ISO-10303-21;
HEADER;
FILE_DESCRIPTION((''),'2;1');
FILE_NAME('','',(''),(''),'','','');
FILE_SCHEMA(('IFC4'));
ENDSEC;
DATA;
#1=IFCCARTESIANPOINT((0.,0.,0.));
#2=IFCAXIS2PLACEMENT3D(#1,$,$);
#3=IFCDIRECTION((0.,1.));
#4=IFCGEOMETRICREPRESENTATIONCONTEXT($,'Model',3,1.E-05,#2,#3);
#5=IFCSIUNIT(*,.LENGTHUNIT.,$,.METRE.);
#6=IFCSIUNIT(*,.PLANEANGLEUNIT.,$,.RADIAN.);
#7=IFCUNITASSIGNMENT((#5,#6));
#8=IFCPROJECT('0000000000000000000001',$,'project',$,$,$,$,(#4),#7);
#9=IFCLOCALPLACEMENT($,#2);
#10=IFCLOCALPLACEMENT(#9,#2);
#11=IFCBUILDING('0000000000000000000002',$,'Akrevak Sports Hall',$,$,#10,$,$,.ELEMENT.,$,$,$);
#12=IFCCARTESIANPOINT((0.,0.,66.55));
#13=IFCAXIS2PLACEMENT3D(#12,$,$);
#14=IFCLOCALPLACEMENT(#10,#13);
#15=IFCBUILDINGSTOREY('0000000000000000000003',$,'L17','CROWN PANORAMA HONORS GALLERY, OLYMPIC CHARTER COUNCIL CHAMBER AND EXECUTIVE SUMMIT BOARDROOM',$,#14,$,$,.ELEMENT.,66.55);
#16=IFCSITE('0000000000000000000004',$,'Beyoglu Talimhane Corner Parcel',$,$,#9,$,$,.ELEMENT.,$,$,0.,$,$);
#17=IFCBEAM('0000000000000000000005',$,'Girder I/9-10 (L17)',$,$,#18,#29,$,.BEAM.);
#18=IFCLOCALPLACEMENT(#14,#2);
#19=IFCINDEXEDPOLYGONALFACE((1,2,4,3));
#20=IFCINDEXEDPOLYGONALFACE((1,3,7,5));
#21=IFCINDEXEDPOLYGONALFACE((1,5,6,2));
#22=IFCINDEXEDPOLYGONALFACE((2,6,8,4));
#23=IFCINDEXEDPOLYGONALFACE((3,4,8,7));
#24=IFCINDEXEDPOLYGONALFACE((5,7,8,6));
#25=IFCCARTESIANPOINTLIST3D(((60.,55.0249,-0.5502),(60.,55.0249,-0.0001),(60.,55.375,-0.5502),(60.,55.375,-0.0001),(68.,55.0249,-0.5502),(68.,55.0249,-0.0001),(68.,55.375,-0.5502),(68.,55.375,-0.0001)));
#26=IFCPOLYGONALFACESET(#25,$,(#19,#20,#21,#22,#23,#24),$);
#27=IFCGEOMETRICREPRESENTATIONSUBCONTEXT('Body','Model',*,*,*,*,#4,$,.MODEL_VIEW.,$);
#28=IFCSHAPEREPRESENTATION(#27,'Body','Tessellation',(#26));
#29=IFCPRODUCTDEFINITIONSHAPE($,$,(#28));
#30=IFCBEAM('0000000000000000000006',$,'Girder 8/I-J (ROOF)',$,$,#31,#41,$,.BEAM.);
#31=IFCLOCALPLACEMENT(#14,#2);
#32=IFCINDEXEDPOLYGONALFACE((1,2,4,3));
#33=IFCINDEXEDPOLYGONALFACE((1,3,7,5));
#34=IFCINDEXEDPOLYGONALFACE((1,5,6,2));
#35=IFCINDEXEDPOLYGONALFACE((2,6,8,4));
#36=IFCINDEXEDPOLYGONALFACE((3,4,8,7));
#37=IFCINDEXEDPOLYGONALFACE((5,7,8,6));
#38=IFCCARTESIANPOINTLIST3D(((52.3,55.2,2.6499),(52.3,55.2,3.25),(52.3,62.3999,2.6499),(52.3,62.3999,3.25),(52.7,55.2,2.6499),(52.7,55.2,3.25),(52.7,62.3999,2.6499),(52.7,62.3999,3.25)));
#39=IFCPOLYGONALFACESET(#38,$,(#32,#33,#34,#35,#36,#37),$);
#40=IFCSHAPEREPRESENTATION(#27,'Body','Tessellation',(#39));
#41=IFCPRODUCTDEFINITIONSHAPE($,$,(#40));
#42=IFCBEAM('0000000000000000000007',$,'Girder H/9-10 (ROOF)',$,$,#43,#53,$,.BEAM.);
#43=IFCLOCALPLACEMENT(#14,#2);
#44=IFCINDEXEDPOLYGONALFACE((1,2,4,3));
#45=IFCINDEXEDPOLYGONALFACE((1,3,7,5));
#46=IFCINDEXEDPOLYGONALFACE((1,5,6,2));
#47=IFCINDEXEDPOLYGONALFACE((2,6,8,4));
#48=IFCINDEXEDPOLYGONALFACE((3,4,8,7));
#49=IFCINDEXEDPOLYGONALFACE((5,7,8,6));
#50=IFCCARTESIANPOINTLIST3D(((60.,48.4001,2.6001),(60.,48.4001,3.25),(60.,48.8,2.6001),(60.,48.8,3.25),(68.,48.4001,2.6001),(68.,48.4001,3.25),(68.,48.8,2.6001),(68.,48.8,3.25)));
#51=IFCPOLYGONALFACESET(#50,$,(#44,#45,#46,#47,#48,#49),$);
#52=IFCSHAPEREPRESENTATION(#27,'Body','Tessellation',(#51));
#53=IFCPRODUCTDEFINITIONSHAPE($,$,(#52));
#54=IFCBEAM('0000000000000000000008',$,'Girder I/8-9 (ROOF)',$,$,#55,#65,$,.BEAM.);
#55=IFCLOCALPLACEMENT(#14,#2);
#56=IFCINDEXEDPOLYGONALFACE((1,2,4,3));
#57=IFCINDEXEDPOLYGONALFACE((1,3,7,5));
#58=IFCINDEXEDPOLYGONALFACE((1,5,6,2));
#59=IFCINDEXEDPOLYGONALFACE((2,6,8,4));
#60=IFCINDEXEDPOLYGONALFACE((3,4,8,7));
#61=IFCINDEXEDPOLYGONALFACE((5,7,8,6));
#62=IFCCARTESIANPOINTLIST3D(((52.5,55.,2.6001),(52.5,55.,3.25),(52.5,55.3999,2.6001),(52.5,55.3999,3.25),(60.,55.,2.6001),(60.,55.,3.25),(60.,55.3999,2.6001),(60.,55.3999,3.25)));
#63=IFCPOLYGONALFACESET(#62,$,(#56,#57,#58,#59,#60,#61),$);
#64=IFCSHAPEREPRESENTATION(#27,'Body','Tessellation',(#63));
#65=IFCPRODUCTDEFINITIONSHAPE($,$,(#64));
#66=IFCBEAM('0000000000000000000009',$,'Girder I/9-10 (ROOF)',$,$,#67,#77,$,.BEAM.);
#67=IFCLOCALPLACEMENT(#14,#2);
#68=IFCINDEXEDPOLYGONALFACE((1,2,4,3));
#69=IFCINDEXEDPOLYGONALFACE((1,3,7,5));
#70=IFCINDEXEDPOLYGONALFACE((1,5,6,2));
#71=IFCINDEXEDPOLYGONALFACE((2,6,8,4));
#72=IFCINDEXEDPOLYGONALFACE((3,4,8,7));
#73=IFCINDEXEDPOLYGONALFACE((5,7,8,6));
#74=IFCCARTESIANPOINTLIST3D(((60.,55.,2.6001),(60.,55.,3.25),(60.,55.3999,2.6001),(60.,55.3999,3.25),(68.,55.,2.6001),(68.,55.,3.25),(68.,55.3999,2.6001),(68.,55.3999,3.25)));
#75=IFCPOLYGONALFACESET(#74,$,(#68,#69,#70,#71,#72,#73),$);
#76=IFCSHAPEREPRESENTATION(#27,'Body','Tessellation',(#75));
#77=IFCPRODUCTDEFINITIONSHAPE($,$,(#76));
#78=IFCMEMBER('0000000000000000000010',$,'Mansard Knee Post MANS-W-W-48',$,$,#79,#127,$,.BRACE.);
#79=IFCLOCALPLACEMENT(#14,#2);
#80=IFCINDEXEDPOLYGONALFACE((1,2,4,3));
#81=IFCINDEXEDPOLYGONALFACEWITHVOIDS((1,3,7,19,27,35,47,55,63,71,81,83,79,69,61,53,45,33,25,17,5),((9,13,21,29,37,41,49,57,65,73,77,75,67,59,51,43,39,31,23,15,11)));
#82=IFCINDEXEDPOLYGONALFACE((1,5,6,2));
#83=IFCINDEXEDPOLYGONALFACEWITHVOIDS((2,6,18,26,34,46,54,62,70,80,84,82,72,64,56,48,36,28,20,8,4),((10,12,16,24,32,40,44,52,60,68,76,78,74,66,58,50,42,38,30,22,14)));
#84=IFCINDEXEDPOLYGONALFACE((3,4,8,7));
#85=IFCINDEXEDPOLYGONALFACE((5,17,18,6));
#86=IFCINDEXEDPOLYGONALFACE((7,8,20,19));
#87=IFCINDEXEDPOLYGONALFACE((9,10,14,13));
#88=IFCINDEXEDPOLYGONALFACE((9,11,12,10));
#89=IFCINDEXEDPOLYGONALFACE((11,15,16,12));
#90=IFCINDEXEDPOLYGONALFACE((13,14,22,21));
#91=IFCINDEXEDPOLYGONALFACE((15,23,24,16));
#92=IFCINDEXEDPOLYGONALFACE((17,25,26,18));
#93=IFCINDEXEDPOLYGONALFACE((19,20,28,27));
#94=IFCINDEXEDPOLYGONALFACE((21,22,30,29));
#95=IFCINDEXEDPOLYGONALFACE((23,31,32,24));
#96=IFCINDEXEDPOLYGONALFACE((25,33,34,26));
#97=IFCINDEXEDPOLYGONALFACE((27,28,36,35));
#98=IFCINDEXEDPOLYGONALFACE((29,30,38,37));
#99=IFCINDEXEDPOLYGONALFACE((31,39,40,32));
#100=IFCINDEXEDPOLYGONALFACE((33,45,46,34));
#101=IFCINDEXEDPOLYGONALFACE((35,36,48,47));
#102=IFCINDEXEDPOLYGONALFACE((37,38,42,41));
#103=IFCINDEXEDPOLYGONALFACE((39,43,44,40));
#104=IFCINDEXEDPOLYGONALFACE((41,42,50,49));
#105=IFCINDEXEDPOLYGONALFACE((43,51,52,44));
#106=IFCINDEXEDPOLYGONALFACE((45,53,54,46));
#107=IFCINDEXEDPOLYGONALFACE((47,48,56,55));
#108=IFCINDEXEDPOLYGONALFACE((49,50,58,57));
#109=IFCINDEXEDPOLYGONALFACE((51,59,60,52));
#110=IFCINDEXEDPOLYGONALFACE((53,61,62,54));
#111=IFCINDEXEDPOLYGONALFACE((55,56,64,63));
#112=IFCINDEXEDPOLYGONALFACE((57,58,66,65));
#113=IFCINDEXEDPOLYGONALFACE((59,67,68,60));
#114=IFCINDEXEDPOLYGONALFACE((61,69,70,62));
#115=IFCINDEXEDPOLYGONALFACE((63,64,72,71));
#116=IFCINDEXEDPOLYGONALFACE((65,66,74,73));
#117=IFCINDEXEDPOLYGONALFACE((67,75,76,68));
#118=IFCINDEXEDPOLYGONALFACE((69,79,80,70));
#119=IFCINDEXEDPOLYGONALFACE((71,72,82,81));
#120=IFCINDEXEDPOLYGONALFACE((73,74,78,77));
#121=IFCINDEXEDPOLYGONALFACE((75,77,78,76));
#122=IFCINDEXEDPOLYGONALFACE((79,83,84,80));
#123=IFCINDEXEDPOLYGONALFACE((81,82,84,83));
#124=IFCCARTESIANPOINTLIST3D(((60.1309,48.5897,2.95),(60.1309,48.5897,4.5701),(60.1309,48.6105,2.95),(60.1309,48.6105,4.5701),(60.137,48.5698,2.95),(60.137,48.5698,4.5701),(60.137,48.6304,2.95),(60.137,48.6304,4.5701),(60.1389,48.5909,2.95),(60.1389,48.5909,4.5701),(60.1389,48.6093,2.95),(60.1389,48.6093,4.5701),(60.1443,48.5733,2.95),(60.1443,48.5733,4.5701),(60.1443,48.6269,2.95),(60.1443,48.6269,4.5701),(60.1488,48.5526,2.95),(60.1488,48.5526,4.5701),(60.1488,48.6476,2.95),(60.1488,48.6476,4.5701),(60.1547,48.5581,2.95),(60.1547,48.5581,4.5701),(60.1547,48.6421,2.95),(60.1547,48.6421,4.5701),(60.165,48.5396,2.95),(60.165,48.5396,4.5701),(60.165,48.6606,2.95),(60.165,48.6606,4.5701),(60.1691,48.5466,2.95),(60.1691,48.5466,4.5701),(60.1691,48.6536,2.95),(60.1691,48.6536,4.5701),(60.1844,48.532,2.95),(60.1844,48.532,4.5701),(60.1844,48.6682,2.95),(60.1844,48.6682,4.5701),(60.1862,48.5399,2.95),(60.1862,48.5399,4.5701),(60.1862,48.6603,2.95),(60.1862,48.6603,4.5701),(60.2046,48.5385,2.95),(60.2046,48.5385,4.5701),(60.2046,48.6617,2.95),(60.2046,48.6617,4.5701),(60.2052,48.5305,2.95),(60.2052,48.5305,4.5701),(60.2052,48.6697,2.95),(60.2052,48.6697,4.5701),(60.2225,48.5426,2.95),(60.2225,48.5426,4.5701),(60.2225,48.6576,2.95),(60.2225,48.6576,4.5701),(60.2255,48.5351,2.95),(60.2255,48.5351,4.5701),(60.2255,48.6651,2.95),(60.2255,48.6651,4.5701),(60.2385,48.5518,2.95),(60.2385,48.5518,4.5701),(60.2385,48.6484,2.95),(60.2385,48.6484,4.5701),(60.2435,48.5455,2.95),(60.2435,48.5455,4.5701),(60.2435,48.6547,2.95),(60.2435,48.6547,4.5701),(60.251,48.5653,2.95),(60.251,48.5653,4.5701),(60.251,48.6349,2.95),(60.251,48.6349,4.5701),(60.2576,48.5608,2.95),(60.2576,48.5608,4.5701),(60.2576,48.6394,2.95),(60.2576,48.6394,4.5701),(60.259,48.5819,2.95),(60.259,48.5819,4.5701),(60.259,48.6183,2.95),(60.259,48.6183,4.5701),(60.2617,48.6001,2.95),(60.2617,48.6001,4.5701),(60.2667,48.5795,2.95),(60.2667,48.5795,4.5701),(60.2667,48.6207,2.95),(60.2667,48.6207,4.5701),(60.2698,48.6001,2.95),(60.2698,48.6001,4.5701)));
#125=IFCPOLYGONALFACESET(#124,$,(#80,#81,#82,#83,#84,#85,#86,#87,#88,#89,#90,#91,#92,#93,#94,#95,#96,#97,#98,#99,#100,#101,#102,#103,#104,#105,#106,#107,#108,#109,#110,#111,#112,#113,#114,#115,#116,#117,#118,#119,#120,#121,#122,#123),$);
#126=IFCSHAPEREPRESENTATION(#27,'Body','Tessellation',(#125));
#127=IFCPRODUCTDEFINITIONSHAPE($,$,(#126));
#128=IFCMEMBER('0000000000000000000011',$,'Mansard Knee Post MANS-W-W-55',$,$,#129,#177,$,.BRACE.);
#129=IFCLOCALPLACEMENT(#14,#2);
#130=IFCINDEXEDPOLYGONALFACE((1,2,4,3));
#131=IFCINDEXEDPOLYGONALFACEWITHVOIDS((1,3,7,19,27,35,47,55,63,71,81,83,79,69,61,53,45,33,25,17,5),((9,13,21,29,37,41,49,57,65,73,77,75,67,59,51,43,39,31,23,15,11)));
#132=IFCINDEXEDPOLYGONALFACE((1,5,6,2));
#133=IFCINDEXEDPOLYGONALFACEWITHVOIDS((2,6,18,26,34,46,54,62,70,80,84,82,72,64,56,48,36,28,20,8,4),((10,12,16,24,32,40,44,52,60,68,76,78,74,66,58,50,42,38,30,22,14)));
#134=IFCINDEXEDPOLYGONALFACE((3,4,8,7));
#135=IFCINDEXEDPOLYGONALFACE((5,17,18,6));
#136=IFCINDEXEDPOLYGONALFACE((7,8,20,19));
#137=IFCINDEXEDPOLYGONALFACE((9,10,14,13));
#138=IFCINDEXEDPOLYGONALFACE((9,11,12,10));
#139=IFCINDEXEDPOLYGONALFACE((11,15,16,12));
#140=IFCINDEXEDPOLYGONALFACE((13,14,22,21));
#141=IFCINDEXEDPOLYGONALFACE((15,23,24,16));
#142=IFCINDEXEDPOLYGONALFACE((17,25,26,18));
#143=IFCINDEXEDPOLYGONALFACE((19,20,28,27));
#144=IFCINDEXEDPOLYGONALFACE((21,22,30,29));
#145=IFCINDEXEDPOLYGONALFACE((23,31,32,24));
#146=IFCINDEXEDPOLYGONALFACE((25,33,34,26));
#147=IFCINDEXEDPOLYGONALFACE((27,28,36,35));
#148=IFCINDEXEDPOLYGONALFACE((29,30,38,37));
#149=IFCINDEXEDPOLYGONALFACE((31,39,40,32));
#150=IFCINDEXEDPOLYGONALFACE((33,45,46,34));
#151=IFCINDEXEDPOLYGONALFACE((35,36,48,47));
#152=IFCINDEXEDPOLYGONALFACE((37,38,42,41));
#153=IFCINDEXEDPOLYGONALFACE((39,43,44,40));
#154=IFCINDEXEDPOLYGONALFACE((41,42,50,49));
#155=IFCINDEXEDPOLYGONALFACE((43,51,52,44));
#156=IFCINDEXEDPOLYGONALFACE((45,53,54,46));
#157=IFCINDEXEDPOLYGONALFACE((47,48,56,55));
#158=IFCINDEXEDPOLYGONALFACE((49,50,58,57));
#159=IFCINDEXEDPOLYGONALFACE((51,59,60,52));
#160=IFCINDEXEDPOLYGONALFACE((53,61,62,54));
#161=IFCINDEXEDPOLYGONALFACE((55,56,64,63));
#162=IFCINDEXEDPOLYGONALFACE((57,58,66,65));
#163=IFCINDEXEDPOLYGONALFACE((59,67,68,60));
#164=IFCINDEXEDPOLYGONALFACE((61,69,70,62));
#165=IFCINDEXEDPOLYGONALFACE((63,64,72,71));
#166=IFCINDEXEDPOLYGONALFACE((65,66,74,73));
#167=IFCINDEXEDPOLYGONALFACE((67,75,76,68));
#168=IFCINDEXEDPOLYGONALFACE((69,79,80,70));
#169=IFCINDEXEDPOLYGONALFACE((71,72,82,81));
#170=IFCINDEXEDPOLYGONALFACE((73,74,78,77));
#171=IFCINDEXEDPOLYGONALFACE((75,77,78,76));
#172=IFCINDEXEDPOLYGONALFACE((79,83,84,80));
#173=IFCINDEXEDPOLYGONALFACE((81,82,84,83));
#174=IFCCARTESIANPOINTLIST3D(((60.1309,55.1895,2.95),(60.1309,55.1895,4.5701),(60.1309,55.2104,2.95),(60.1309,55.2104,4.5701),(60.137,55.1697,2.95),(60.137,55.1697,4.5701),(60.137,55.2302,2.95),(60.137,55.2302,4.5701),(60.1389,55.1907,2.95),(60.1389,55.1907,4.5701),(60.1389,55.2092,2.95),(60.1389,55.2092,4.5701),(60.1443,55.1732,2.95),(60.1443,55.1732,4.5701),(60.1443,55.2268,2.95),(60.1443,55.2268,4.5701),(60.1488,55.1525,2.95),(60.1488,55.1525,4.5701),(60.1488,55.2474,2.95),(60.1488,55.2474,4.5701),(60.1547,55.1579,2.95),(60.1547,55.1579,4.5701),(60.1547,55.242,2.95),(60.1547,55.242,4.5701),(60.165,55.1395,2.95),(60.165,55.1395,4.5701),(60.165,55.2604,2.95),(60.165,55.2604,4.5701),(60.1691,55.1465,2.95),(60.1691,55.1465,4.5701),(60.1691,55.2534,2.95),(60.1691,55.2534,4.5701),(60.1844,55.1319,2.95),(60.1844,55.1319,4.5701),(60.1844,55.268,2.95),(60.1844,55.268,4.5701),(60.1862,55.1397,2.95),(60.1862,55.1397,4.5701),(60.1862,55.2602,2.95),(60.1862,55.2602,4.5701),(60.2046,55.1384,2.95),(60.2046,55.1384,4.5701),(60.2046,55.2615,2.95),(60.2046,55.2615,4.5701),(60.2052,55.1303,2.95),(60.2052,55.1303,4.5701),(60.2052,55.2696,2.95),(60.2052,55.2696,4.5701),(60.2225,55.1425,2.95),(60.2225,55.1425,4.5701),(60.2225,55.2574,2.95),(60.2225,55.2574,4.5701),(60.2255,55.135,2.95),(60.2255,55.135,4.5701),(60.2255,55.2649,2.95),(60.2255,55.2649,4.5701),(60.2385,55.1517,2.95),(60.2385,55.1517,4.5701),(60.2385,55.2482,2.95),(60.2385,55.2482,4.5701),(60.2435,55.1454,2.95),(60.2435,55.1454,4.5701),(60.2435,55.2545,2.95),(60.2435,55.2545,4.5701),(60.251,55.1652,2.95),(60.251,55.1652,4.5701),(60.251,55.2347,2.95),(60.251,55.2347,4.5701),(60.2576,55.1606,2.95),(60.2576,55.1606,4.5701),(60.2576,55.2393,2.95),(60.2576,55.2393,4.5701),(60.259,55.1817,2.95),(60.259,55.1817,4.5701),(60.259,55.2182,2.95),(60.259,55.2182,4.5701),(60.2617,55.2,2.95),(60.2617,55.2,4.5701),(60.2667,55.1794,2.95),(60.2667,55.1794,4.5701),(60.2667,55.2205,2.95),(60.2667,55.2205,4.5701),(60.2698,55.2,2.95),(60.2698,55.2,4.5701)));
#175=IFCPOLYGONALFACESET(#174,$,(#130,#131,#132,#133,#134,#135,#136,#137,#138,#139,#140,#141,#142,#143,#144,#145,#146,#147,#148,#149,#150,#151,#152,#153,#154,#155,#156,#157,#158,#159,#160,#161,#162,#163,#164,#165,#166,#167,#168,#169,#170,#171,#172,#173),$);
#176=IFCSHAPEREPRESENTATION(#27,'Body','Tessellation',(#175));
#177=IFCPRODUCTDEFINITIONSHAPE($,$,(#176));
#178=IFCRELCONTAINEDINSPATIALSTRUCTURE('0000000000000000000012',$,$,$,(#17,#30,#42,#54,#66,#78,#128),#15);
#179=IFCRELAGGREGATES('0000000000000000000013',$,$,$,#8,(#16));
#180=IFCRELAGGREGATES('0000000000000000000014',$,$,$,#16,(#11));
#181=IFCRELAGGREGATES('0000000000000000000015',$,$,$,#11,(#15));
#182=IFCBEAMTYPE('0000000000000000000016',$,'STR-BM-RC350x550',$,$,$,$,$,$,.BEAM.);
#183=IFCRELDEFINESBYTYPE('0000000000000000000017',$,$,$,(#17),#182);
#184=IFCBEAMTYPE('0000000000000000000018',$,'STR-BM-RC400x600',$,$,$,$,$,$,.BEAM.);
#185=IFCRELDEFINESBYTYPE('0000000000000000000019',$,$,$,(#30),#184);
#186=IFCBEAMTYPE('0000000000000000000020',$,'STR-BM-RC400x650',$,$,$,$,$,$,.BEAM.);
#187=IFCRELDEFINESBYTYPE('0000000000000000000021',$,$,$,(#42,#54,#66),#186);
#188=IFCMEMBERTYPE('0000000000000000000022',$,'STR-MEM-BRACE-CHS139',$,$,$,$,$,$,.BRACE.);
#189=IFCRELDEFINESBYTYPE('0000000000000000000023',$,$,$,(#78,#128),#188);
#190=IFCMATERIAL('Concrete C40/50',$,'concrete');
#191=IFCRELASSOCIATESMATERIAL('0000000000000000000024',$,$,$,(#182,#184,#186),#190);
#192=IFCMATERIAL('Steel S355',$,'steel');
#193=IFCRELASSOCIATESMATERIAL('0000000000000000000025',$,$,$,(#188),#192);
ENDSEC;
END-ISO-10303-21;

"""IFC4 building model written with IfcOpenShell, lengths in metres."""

from ifc_helpers import new_model, si_unit, direction, frame, origin, origin_2d, place, context, subcontext, project, spatial, rectangle, hollow_circle, extrude, material, material_profile, profile_set, type_object, element, save


model = new_model("IFC4")

# Units and contexts
model_context = context("Model", 3, precision=1e-05, world=origin(), true_north=direction((0.0, 1.0)))
body_context = subcontext(model_context, "Body", "Model", "MODEL_VIEW")
ifc_project = project(units=[si_unit("LENGTHUNIT", "METRE"), si_unit("PLANEANGLEUNIT", "RADIAN")], contexts=[model_context])

# Site, building, storey
site_placement = place(None, origin())
site = spatial("IfcSite", under=ifc_project, at=site_placement, Name="Beyoglu Talimhane Corner Parcel", CompositionType="ELEMENT", RefElevation=0.0)
building_placement = place(site_placement, origin())
building = spatial("IfcBuilding", under=site, at=building_placement, Name="Akrevak Sports Hall", CompositionType="ELEMENT")
storey_placement = place(building_placement, frame((0.0, 0.0, 66.55)))
storey = spatial("IfcBuildingStorey", under=building, at=storey_placement, Name="L17", Description="CROWN PANORAMA HONORS GALLERY, OLYMPIC CHARTER COUNCIL CHAMBER AND EXECUTIVE SUMMIT BOARDROOM", CompositionType="ELEMENT", Elevation=66.55)

# Shared definitions
ifc_material_1 = material(Name="Concrete C40/50", Category="concrete")

# Beams
ifc_material_profile_1 = material_profile(ifc_material_1, rectangle(XDim=0.3501, YDim=0.55, at=origin_2d()), Name="BM 350x550", Category="concrete")
ifc_profile_set_1 = profile_set([ifc_material_profile_1], Name="Concrete C40/50")
beam_type_1 = type_object("IfcBeamType", Name="STR-BM-RC350x550", PredefinedType="BEAM", material=ifc_profile_set_1)
beam_1_placement = place(storey_placement, frame((60.0, 55.2, -0.2751), z_axis=(1.0, 0.0, 0.0), x_axis=(0.0, 1.0, 0.0)))
element("IfcBeam", 1, at=beam_1_placement, inside=storey, type_object=beam_type_1, Name="Girder I/9-10 (L17)", PredefinedType="BEAM", context=body_context, shape_type="SweptSolid", body=[
    extrude(rectangle(XDim=0.3501, YDim=0.55, at=origin_2d()), origin(), (0.0, 0.0, 1.0), 8.0),
])
ifc_material_profile_2 = material_profile(ifc_material_1, rectangle(XDim=0.3999, YDim=0.6001, at=origin_2d()), Name="BM 400x600", Category="concrete")
ifc_profile_set_2 = profile_set([ifc_material_profile_2], Name="Concrete C40/50")
beam_type_2 = type_object("IfcBeamType", Name="STR-BM-RC400x600", PredefinedType="BEAM", material=ifc_profile_set_2)
beam_2_placement = place(storey_placement, frame((52.5, 55.2, 2.95), z_axis=(0.0, 1.0, 0.0), x_axis=(-1.0, 0.0, 0.0)))
element("IfcBeam", 2, at=beam_2_placement, inside=storey, type_object=beam_type_2, Name="Girder 8/I-J (ROOF)", PredefinedType="BEAM", context=body_context, shape_type="SweptSolid", body=[
    extrude(rectangle(XDim=0.3999, YDim=0.6001, at=origin_2d()), origin(), (0.0, 0.0, 1.0), 7.2),
])
ifc_material_profile_3 = material_profile(ifc_material_1, rectangle(XDim=0.3999, YDim=0.6499, at=origin_2d()), Name="BM 400x650", Category="concrete")
ifc_profile_set_3 = profile_set([ifc_material_profile_3], Name="Concrete C40/50")
beam_type_3 = type_object("IfcBeamType", Name="STR-BM-RC400x650", PredefinedType="BEAM", material=ifc_profile_set_3)
beam_3_placement = place(storey_placement, frame((60.0, 48.6001, 2.925), z_axis=(1.0, 0.0, 0.0), x_axis=(0.0, 1.0, 0.0)))
element("IfcBeam", 3, at=beam_3_placement, inside=storey, type_object=beam_type_3, Name="Girder H/9-10 (ROOF)", PredefinedType="BEAM", context=body_context, shape_type="SweptSolid", body=[
    extrude(rectangle(XDim=0.3999, YDim=0.6499, at=origin_2d()), origin(), (0.0, 0.0, 1.0), 8.0),
])
beam_4_placement = place(storey_placement, frame((52.5, 55.2, 2.925), z_axis=(1.0, 0.0, 0.0), x_axis=(0.0, 1.0, 0.0)))
element("IfcBeam", 4, at=beam_4_placement, inside=storey, type_object=beam_type_3, Name="Girder I/8-9 (ROOF)", PredefinedType="BEAM", context=body_context, shape_type="SweptSolid", body=[
    extrude(rectangle(XDim=0.3999, YDim=0.6499, at=origin_2d()), origin(), (0.0, 0.0, 1.0), 7.5),
])
beam_5_placement = place(storey_placement, frame((60.0, 55.2, 2.925), z_axis=(1.0, 0.0, 0.0), x_axis=(0.0, 1.0, 0.0)))
element("IfcBeam", 5, at=beam_5_placement, inside=storey, type_object=beam_type_3, Name="Girder I/9-10 (ROOF)", PredefinedType="BEAM", context=body_context, shape_type="SweptSolid", body=[
    extrude(rectangle(XDim=0.3999, YDim=0.6499, at=origin_2d()), origin(), (0.0, 0.0, 1.0), 8.0),
])

# Members
ifc_material_2 = material(Name="Steel S355", Category="steel")
ifc_material_profile_4 = material_profile(ifc_material_2, hollow_circle(Radius=0.0698, WallThickness=0.0081, at=origin_2d()), Name="CHS 139.7x8", Category="steel")
ifc_profile_set_4 = profile_set([ifc_material_profile_4], Name="Steel S355")
member_type_1 = type_object("IfcMemberType", Name="STR-MEM-BRACE-CHS139", PredefinedType="BRACE", material=ifc_profile_set_4)
for number, where, z_axis, x_axis, name in (
    (6, (60.2, 48.6001, 2.95), (0.0, 0.0, 1.0), (1.0, 0.0, 0.0), "Mansard Knee Post MANS-W-W-48"),
    (7, (60.2, 55.2, 2.95), (0.0, 0.0, 1.0), (1.0, 0.0, 0.0), "Mansard Knee Post MANS-W-W-55"),
):
    element("IfcMember", number, at=place(storey_placement, frame(where, z_axis=z_axis, x_axis=x_axis)), inside=storey, type_object=member_type_1, Name=name, PredefinedType="BRACE", context=body_context, shape_type="SweptSolid", body=[
        extrude(hollow_circle(Radius=0.0698, WallThickness=0.0081, at=origin_2d()), origin(), (0.0, 0.0, 1.0), 1.6201),
    ])

save(model, "model.ifc")
